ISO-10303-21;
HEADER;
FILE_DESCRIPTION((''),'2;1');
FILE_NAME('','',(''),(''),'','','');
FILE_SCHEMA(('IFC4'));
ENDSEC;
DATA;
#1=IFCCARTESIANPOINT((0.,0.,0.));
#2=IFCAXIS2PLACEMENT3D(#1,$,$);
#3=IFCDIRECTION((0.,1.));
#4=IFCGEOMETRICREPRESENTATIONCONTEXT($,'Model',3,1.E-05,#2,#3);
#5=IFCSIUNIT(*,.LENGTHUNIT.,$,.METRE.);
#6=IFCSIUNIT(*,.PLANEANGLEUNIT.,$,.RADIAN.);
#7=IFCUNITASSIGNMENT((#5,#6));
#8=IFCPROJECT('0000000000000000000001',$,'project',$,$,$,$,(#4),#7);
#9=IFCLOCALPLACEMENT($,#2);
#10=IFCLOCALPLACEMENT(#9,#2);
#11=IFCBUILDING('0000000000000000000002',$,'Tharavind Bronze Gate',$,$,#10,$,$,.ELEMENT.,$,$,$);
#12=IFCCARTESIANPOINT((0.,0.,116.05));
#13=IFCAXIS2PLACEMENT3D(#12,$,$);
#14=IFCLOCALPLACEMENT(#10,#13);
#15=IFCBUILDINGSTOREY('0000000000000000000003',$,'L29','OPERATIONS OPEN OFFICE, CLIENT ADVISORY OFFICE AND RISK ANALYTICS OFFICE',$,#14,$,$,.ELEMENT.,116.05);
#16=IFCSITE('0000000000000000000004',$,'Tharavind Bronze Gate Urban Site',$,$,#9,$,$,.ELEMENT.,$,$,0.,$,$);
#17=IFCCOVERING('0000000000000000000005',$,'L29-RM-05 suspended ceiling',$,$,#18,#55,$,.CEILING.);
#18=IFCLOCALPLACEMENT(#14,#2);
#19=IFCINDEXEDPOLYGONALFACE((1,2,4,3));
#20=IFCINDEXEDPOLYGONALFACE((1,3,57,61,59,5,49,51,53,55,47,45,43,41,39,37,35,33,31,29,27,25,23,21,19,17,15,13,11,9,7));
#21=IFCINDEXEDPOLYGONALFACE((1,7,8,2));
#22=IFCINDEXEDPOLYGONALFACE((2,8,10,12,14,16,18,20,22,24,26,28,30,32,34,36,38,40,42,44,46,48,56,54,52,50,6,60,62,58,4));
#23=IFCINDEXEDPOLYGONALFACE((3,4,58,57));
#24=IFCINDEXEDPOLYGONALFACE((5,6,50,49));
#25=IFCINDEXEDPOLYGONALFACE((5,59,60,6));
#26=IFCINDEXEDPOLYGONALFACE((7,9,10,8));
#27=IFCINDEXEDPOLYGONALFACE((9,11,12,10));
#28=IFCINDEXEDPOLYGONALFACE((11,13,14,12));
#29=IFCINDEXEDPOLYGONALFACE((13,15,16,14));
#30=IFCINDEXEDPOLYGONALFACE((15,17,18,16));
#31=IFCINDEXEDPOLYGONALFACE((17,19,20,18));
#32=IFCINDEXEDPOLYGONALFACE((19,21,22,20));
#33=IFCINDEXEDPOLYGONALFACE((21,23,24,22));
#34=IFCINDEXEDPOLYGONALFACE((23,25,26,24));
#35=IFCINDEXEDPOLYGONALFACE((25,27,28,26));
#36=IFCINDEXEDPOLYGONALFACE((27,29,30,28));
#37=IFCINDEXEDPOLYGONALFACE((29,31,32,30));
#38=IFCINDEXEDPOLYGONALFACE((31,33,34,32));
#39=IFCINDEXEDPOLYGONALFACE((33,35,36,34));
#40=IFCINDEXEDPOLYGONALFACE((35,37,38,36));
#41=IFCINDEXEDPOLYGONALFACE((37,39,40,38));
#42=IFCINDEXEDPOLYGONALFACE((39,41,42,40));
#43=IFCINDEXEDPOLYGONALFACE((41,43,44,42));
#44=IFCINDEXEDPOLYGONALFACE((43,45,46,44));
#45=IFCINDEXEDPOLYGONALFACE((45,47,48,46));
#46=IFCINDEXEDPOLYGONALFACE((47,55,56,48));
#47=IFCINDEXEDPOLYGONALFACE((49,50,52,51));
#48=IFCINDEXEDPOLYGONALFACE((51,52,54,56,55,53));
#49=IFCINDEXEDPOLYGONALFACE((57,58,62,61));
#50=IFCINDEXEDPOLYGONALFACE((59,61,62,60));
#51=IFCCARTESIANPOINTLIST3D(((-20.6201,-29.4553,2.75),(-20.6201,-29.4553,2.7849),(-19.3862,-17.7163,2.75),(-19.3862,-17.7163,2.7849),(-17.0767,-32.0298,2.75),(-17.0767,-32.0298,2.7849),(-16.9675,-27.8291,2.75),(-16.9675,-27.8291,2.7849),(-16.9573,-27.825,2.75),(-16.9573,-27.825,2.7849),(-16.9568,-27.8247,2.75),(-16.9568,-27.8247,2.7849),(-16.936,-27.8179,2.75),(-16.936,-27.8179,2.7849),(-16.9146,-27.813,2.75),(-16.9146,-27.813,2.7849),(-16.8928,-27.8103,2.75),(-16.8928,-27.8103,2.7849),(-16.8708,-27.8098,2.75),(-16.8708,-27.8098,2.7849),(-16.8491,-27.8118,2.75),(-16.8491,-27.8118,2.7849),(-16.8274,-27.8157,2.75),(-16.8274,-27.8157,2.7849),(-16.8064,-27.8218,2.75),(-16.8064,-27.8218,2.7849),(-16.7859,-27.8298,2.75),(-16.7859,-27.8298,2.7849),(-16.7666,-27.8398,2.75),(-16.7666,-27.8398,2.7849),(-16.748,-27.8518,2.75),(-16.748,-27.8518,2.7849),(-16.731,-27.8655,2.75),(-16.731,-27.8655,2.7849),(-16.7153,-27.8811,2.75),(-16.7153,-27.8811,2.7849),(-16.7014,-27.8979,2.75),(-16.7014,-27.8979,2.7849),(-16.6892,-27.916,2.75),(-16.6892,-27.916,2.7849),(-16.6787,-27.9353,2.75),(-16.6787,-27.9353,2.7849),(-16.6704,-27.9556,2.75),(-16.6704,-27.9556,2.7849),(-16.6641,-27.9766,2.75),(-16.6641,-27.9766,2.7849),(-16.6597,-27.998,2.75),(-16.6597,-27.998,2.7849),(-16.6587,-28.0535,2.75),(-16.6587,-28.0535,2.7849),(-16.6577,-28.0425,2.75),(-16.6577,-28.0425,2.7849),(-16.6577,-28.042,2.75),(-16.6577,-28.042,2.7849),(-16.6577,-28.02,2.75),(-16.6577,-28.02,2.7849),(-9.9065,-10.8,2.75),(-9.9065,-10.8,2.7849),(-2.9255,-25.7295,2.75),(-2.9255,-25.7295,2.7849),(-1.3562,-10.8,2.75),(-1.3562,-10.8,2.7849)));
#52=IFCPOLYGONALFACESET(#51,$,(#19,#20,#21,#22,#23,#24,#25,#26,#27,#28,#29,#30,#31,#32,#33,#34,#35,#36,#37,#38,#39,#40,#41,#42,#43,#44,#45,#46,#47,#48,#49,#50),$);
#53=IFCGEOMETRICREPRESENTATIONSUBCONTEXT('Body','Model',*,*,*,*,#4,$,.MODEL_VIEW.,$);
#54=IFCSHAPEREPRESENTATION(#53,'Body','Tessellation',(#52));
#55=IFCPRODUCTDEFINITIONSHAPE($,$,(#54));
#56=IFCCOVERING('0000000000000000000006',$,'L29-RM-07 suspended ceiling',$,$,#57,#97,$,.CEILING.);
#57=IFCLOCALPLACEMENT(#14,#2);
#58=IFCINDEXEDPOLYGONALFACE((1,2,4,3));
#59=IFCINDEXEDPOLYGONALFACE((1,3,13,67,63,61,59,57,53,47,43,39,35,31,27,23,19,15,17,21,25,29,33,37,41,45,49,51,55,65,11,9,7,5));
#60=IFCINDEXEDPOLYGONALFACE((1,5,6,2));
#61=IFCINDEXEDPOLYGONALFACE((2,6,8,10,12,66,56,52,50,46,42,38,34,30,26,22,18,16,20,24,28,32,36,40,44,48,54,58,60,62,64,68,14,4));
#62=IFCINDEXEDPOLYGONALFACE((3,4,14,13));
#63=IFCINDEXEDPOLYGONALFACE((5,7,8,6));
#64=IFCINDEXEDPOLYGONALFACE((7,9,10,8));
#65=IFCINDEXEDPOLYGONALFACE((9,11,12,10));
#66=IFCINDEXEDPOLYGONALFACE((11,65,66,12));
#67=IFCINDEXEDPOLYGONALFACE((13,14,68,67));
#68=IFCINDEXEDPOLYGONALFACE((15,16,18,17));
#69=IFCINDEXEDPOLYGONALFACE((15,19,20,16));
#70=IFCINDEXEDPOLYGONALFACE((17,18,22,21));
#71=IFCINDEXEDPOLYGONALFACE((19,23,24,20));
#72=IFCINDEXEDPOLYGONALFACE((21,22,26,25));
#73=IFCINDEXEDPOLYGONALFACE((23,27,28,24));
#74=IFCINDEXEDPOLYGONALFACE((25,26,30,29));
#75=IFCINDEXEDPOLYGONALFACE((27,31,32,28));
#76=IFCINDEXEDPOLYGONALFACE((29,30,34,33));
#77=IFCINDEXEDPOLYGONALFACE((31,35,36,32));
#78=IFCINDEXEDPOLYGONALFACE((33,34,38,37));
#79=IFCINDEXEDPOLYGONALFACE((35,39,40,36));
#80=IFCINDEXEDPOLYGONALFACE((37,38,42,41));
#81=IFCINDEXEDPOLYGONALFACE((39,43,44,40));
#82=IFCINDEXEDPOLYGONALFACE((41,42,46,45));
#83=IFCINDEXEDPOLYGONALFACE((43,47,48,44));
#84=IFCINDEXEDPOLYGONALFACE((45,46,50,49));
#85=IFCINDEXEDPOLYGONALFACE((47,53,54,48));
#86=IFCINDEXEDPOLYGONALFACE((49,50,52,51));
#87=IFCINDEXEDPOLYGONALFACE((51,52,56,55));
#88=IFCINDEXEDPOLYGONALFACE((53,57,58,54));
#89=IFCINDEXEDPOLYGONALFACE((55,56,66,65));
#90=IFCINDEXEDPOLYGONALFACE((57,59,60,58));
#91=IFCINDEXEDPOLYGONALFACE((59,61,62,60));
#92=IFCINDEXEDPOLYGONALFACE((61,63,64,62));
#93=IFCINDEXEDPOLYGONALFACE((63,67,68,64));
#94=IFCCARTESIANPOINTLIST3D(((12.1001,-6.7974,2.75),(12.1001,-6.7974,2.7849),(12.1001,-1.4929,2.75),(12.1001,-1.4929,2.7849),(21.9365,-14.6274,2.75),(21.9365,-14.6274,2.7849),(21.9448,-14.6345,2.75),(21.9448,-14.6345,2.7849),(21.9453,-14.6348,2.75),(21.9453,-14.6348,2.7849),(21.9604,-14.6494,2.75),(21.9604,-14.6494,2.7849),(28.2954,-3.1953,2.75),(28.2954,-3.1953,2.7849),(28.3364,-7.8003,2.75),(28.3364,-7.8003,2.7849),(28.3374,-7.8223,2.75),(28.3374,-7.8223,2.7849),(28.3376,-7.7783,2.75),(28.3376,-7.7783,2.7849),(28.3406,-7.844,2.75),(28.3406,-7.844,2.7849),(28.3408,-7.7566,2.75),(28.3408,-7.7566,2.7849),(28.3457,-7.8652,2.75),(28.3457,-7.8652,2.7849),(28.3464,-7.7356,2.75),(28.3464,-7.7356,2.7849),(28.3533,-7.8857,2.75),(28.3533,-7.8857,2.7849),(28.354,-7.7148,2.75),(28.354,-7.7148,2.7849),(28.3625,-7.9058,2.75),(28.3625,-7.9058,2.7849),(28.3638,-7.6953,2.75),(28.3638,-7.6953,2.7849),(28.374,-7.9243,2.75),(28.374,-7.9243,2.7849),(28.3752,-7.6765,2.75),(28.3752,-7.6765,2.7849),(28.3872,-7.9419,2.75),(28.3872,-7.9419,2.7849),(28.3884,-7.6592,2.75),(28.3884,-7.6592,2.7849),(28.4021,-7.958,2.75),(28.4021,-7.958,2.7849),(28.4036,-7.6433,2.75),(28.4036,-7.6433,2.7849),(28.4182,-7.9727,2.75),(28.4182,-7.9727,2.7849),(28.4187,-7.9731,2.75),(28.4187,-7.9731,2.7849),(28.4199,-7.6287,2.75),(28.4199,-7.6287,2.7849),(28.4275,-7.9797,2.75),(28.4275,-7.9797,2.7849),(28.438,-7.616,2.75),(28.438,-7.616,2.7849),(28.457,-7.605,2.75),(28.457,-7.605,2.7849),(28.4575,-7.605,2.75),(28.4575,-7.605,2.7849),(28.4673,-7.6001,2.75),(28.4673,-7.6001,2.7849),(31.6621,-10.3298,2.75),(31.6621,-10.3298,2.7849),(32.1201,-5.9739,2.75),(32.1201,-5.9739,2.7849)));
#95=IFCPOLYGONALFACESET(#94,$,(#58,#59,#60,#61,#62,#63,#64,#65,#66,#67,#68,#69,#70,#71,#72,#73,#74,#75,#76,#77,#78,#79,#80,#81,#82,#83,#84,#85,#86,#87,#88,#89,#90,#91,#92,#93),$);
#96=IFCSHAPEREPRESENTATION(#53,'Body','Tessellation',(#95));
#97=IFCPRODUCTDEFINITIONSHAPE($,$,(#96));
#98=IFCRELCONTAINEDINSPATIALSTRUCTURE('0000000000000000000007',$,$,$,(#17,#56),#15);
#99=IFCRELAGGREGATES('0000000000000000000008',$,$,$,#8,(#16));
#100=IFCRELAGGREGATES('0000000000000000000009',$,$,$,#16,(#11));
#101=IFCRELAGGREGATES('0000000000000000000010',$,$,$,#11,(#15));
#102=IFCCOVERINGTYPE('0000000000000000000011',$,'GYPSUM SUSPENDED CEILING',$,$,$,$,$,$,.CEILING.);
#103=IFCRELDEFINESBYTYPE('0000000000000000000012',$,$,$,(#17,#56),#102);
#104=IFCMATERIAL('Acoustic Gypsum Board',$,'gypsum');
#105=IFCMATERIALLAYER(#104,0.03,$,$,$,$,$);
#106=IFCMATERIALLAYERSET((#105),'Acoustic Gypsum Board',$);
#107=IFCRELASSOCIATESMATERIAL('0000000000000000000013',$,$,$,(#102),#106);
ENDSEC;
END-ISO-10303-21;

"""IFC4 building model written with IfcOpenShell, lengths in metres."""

from ifc_helpers import new_model, si_unit, direction, frame, origin, place, context, subcontext, project, spatial, polyline, outline, extrude, material, layer, layer_set, type_object, element, save


model = new_model("IFC4")

# Units and contexts
model_context = context("Model", 3, precision=1e-05, world=origin(), true_north=direction((0.0, 1.0)))
body_context = subcontext(model_context, "Body", "Model", "MODEL_VIEW")
ifc_project = project(units=[si_unit("LENGTHUNIT", "METRE"), si_unit("PLANEANGLEUNIT", "RADIAN")], contexts=[model_context])

# Site, building, storey
site_placement = place(None, origin())
site = spatial("IfcSite", under=ifc_project, at=site_placement, Name="Tharavind Bronze Gate Urban Site", CompositionType="ELEMENT", RefElevation=0.0)
building_placement = place(site_placement, origin())
building = spatial("IfcBuilding", under=site, at=building_placement, Name="Tharavind Bronze Gate", CompositionType="ELEMENT")
storey_placement = place(building_placement, frame((0.0, 0.0, 116.05)))
storey = spatial("IfcBuildingStorey", under=building, at=storey_placement, Name="L29", Description="OPERATIONS OPEN OFFICE, CLIENT ADVISORY OFFICE AND RISK ANALYTICS OFFICE", CompositionType="ELEMENT", Elevation=116.05)

# Coverings
ifc_material_1 = material(Name="Acoustic Gypsum Board", Category="gypsum")
ifc_layer_1 = layer(ifc_material_1, 0.03)
ifc_layer_set_1 = layer_set([ifc_layer_1], Name="Acoustic Gypsum Board")
covering_type_1 = type_object("IfcCoveringType", Name="GYPSUM SUSPENDED CEILING", PredefinedType="CEILING", material=ifc_layer_set_1)
covering_1_placement = place(storey_placement, frame((0.0, 0.0, 2.75)))
element("IfcCovering", 1, at=covering_1_placement, inside=storey, type_object=covering_type_1, Name="L29-RM-05 suspended ceiling", PredefinedType="CEILING", context=body_context, shape_type="SweptSolid", body=[
    extrude(outline(polyline([(-16.9675, -27.8291), (-16.9573, -27.825), (-16.9568, -27.8247), (-16.936, -27.8179), (-16.9146, -27.813), (-16.8928, -27.8103), (-16.8708, -27.8098), (-16.8491, -27.8118), (-16.8274, -27.8157), (-16.8064, -27.8218), (-16.7859, -27.8298), (-16.7666, -27.8398), (-16.748, -27.8518), (-16.731, -27.8655), (-16.7153, -27.8811), (-16.7014, -27.8979), (-16.6892, -27.916), (-16.6787, -27.9353), (-16.6704, -27.9556), (-16.6641, -27.9766), (-16.6597, -27.998), (-16.6577, -28.02), (-16.6577, -28.042), (-16.6577, -28.0425), (-16.6587, -28.0535), (-17.0767, -32.0298), (-2.9255, -25.7295), (-1.3562, -10.8), (-9.9065, -10.8), (-19.3862, -17.7163), (-20.6201, -29.4553), (-16.9675, -27.8291)])), origin(), (0.0, 0.0, 1.0), 0.0349),
])
covering_2_placement = place(storey_placement, frame((0.0, 0.0, 2.75)))
element("IfcCovering", 2, at=covering_2_placement, inside=storey, type_object=covering_type_1, Name="L29-RM-07 suspended ceiling", PredefinedType="CEILING", context=body_context, shape_type="SweptSolid", body=[
    extrude(outline(polyline([(12.1001, -6.7974), (21.9365, -14.6274), (21.9448, -14.6345), (21.9453, -14.6348), (21.9604, -14.6494), (31.6621, -10.3298), (28.4275, -7.9797), (28.4187, -7.9731), (28.4182, -7.9727), (28.4021, -7.958), (28.3872, -7.9419), (28.374, -7.9243), (28.3625, -7.9058), (28.3533, -7.8857), (28.3457, -7.8652), (28.3406, -7.844), (28.3374, -7.8223), (28.3364, -7.8003), (28.3376, -7.7783), (28.3408, -7.7566), (28.3464, -7.7356), (28.354, -7.7148), (28.3638, -7.6953), (28.3752, -7.6765), (28.3884, -7.6592), (28.4036, -7.6433), (28.4199, -7.6287), (28.438, -7.616), (28.457, -7.605), (28.4575, -7.605), (28.4673, -7.6001), (32.1201, -5.9739), (28.2954, -3.1953), (12.1001, -1.4929), (12.1001, -6.7974)])), origin(), (0.0, 0.0, 1.0), 0.0349),
])

save(model, "model.ifc")
